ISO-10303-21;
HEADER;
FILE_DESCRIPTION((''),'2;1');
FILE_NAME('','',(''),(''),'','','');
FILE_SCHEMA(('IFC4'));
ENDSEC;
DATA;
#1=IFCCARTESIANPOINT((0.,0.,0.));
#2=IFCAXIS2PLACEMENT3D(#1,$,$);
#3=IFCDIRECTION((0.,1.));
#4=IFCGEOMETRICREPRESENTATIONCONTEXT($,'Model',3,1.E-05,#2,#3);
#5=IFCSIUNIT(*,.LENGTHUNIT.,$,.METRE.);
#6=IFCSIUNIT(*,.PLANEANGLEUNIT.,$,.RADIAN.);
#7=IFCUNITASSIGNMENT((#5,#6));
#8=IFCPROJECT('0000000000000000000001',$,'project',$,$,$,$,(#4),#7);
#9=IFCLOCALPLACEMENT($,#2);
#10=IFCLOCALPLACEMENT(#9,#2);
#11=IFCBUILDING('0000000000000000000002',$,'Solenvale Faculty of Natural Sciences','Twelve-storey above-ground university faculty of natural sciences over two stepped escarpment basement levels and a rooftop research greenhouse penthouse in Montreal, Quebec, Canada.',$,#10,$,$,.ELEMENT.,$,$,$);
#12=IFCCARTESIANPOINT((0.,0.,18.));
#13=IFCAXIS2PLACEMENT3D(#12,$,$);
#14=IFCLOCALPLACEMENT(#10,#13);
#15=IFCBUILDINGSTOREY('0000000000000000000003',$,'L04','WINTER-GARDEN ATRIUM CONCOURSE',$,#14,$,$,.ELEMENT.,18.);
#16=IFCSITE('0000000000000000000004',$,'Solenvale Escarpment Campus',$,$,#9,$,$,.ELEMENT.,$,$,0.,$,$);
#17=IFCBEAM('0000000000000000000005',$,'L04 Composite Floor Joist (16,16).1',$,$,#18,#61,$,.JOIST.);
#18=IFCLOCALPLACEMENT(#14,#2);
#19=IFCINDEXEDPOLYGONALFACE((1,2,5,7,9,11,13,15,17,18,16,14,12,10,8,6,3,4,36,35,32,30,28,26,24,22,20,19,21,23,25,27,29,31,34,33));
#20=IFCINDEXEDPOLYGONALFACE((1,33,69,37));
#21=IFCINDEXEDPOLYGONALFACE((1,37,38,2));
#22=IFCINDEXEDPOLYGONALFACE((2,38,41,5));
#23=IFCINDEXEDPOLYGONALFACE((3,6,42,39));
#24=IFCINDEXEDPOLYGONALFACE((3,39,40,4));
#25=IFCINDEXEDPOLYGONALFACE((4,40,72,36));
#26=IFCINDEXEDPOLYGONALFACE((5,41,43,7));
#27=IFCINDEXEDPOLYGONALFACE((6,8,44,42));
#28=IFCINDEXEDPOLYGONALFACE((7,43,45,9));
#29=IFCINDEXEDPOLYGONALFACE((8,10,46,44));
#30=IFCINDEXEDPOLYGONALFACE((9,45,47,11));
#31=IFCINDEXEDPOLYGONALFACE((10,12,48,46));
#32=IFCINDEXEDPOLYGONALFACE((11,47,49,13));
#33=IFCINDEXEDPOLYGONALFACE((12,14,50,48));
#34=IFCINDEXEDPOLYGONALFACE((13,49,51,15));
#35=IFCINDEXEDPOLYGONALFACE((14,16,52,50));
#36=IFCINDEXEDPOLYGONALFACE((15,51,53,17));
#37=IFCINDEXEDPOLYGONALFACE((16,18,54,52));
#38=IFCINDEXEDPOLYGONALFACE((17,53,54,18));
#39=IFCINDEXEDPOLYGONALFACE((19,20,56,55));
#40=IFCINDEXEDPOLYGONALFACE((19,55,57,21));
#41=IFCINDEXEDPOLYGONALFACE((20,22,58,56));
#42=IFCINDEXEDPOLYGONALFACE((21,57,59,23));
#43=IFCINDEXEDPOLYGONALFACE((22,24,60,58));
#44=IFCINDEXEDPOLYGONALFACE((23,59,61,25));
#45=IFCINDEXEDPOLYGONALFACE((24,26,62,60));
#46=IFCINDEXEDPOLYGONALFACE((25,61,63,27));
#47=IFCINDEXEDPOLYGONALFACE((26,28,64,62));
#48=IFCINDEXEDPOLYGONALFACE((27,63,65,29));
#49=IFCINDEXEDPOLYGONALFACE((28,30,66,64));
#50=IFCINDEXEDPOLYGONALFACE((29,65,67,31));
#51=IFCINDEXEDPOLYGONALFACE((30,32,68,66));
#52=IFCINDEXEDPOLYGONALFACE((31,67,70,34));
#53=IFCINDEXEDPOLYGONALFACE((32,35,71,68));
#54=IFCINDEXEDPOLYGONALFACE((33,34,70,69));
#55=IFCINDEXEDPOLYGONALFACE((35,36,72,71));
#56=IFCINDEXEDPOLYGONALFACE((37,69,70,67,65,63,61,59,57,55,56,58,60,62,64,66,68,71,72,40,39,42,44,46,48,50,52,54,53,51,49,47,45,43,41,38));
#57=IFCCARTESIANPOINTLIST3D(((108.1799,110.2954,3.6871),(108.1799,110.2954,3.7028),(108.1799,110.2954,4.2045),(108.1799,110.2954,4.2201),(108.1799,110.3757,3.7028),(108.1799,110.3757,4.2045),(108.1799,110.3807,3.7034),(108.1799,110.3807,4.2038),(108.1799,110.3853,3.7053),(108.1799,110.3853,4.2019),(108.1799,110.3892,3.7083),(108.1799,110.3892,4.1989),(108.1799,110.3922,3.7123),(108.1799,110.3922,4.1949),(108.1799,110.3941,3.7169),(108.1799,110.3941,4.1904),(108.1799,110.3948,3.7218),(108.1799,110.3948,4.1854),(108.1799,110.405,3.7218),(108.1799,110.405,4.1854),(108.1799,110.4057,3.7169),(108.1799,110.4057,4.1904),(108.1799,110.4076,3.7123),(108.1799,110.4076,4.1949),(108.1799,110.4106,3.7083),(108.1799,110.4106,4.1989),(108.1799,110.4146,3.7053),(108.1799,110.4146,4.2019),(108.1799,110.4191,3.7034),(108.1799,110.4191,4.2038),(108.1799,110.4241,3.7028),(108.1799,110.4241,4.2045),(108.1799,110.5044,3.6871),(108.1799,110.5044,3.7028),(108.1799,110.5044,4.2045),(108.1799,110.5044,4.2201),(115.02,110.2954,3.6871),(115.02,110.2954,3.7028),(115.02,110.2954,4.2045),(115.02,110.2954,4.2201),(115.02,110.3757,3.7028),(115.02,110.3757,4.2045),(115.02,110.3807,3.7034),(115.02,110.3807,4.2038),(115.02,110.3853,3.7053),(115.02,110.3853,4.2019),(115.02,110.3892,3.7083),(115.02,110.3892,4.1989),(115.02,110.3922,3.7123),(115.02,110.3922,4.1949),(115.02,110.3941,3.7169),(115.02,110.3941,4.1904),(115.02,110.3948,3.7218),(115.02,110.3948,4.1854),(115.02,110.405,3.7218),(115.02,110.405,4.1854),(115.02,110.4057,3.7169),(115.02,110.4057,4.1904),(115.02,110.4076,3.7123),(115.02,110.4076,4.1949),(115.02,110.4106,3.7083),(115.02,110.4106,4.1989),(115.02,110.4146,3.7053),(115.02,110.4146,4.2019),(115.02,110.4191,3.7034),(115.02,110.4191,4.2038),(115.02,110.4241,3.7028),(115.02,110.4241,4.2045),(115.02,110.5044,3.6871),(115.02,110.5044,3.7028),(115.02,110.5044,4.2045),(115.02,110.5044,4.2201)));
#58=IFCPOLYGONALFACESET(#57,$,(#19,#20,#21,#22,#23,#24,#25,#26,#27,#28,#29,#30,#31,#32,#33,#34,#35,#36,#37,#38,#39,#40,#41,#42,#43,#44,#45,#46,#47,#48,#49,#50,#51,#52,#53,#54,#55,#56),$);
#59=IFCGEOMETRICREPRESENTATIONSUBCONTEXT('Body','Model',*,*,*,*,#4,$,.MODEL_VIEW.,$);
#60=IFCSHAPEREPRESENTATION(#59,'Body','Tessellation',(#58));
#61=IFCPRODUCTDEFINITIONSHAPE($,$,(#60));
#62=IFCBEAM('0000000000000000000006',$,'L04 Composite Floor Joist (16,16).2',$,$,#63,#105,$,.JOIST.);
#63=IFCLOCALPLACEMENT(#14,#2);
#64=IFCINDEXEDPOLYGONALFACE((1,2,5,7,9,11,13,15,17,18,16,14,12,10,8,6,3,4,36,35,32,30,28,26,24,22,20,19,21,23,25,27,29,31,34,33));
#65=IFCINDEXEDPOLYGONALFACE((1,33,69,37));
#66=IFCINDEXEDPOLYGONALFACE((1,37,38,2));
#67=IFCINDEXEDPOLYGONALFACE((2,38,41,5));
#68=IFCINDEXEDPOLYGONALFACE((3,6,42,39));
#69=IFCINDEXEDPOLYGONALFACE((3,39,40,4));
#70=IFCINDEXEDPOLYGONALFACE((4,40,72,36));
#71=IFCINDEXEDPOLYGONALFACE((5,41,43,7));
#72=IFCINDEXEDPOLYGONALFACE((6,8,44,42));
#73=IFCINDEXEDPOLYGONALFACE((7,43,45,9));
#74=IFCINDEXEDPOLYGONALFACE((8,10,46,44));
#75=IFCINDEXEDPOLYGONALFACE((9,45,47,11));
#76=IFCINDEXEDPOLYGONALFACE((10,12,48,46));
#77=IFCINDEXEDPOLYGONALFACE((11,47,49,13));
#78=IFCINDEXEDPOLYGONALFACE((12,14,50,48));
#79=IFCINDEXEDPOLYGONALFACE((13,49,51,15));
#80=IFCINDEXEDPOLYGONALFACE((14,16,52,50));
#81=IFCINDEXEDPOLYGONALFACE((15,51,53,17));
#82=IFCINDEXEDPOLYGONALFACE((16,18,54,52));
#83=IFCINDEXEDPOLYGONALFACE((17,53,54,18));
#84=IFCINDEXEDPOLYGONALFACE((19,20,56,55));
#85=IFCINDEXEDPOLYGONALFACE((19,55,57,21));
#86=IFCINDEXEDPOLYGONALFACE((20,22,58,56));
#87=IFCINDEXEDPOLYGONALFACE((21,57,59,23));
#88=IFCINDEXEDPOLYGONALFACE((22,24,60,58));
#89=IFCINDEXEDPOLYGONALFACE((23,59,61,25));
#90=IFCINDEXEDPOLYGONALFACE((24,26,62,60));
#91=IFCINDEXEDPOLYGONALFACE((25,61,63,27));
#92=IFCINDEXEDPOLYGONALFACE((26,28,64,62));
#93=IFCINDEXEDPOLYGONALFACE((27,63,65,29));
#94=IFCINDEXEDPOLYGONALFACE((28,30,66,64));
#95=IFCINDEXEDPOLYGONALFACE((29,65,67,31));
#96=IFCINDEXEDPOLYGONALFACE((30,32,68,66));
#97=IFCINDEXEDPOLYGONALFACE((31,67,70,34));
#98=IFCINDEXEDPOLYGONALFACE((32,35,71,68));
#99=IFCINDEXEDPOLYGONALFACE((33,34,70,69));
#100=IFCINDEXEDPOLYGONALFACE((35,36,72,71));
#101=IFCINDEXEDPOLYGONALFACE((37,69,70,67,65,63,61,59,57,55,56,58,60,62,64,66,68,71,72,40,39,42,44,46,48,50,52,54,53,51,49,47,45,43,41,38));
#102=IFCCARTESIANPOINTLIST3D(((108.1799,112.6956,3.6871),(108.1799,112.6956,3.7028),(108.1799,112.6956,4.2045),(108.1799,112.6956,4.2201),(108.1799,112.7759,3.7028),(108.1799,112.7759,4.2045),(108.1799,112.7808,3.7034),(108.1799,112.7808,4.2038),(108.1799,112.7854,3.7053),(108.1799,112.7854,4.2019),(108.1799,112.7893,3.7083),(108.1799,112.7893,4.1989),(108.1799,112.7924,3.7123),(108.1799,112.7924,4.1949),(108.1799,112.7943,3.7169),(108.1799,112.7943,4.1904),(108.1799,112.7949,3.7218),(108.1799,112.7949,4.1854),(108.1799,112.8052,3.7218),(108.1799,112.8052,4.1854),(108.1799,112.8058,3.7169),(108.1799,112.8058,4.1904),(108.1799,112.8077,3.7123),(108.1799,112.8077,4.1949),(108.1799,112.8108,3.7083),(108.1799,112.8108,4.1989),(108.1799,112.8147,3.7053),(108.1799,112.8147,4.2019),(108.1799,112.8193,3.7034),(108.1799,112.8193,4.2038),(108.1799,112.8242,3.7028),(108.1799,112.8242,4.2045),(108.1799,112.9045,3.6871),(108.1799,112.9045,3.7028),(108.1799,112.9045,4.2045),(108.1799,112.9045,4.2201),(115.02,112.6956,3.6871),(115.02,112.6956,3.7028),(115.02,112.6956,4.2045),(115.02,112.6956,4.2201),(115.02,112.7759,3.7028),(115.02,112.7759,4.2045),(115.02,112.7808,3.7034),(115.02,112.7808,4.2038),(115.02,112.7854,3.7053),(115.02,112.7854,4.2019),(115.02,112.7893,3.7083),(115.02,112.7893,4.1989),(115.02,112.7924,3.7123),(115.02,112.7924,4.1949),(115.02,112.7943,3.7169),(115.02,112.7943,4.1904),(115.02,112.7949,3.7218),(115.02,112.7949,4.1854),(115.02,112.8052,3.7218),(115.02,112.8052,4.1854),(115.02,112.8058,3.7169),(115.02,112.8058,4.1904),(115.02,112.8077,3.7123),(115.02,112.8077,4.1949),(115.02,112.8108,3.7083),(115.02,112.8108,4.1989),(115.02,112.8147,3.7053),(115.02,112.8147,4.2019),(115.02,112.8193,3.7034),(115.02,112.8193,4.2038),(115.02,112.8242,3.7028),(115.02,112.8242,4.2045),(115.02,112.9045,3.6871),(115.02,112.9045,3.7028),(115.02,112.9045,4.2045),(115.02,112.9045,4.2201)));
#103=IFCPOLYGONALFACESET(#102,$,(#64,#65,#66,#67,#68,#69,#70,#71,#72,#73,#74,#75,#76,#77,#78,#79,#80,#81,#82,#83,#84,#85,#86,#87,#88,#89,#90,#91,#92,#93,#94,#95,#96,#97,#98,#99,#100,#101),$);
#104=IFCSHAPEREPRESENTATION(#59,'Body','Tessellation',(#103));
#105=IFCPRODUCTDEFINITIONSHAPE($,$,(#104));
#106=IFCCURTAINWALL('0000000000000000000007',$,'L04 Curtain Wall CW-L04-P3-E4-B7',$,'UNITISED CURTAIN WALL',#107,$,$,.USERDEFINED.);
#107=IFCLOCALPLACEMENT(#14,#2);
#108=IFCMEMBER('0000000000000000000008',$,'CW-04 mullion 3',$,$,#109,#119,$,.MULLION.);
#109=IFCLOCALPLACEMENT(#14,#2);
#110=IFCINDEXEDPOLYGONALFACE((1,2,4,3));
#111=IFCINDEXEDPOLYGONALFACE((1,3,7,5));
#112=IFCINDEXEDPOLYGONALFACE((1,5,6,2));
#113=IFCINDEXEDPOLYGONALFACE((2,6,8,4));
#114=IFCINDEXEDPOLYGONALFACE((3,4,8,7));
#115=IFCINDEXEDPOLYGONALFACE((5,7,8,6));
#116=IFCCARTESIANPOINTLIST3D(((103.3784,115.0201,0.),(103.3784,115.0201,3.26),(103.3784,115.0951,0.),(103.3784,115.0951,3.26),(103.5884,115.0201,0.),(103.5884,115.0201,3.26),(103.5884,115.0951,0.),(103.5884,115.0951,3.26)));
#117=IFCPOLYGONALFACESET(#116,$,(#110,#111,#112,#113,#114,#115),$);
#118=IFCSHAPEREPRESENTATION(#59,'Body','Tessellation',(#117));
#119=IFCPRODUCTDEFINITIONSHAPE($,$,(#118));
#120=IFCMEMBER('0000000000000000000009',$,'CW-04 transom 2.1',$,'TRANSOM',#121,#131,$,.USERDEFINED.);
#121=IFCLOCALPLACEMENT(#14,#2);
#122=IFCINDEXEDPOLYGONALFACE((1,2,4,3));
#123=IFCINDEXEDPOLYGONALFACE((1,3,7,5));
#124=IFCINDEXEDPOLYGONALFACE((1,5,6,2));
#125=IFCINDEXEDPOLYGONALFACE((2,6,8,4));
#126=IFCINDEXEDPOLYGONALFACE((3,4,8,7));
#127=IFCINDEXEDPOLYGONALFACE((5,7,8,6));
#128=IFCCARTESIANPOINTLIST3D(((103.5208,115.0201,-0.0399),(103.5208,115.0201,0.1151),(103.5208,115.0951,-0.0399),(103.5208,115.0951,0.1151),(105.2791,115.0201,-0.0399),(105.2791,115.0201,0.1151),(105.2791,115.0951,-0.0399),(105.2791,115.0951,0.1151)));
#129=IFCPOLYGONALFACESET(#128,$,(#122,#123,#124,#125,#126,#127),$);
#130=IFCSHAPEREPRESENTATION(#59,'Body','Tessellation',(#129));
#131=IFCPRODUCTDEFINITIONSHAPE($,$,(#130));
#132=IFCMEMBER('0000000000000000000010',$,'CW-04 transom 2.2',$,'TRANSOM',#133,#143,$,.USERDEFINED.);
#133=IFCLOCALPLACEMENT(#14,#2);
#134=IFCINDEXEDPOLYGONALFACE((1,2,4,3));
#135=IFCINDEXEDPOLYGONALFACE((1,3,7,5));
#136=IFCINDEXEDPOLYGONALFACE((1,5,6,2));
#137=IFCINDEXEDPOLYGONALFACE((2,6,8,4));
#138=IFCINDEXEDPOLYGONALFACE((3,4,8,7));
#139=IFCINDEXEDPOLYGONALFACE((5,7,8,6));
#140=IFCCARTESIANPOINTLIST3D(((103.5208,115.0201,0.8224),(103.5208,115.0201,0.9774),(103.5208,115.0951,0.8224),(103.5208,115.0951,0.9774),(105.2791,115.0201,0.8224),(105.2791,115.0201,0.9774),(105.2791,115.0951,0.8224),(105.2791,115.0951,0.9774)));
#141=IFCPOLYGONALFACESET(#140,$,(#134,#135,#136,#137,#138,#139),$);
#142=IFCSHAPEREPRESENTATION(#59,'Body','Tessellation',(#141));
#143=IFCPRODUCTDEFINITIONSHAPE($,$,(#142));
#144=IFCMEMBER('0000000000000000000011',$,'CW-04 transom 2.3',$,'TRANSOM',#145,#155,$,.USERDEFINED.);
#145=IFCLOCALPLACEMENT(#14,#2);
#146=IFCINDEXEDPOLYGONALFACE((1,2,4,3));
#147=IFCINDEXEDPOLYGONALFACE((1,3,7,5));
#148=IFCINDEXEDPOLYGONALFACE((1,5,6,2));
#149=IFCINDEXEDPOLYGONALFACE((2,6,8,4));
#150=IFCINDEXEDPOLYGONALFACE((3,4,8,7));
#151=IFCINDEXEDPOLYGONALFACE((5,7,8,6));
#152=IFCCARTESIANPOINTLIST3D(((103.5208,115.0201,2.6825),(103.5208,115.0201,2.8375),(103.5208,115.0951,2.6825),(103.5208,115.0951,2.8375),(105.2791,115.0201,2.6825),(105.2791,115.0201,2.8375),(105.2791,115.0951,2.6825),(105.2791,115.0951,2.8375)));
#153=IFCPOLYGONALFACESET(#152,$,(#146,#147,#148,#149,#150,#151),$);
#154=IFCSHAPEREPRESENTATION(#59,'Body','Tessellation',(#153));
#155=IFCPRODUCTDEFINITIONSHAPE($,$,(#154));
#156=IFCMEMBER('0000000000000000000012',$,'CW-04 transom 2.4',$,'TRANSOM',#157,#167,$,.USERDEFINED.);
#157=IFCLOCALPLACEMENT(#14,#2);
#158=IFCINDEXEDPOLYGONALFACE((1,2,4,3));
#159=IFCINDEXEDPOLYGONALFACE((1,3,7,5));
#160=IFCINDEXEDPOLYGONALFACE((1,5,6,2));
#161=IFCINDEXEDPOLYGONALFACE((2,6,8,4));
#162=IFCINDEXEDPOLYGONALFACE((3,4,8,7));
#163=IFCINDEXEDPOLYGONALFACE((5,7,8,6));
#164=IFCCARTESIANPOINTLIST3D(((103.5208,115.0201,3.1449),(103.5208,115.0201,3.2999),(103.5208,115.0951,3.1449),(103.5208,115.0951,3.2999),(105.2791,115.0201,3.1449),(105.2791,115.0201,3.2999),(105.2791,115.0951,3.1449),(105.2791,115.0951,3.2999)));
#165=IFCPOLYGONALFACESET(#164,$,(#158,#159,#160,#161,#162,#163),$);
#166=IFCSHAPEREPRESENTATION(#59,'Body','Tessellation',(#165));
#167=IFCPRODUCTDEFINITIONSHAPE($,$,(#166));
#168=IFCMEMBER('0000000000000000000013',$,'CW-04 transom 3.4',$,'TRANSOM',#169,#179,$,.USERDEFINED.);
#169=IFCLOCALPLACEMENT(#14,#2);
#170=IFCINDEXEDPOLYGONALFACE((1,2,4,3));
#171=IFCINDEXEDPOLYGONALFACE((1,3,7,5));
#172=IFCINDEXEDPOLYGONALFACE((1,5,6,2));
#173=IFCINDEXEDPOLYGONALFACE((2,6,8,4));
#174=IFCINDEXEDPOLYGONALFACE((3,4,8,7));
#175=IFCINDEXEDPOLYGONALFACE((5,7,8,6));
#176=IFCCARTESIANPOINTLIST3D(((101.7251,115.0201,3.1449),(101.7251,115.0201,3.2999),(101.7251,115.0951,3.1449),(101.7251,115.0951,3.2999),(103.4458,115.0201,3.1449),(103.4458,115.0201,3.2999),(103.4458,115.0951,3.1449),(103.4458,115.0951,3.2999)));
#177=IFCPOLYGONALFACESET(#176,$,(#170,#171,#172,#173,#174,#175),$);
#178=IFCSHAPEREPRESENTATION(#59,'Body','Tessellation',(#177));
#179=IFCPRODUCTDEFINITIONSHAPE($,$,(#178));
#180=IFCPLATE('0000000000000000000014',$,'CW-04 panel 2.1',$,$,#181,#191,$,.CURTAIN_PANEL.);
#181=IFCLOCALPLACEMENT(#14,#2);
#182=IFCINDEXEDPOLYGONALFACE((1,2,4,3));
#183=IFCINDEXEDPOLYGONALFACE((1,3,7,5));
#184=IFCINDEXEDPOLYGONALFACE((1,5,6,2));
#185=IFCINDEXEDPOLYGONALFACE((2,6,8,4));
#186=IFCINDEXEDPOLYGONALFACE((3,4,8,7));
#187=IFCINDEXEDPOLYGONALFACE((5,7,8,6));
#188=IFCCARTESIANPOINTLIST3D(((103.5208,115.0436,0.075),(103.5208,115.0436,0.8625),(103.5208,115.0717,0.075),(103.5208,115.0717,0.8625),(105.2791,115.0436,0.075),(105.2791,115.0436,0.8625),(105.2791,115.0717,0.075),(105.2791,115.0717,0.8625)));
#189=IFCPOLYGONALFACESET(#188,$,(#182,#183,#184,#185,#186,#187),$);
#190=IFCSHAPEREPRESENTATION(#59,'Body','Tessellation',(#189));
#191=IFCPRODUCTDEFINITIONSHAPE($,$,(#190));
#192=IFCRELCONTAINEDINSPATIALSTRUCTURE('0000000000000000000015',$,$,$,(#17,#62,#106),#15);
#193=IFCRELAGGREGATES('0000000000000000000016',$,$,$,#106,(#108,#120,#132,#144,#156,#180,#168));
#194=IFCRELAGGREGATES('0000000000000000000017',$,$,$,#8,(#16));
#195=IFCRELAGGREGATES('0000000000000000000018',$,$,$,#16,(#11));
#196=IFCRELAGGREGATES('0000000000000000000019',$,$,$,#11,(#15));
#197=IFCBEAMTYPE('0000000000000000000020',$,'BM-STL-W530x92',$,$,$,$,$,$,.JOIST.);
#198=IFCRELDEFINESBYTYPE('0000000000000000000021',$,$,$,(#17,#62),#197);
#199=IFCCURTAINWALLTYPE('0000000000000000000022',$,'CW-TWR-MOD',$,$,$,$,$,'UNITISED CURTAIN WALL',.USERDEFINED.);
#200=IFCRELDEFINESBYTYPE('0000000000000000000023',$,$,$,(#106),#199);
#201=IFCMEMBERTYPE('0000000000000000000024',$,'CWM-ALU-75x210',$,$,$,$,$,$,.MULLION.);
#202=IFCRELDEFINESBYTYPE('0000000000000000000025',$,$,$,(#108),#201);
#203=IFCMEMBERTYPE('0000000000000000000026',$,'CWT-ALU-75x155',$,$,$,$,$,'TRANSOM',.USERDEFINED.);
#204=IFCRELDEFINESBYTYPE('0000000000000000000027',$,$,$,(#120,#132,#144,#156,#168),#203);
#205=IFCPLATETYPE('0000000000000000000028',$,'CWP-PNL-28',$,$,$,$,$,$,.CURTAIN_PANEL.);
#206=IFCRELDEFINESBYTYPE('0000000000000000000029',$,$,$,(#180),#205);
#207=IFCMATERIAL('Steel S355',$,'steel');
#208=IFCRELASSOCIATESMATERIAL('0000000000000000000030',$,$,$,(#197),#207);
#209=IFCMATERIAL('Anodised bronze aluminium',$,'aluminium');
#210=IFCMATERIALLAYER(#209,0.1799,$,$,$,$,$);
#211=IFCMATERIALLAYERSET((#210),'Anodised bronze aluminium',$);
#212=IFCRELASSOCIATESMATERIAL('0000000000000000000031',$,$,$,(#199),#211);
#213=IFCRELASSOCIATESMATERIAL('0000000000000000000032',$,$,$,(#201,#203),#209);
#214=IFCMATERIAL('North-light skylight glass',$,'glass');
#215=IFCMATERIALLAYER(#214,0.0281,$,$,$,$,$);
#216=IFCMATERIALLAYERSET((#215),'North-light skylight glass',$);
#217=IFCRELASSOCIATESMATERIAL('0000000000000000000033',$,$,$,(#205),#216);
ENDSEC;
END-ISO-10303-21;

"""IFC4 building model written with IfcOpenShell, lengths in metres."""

from ifc_helpers import new_model, si_unit, direction, frame, origin, origin_2d, place, context, subcontext, project, spatial, rectangle, i_section, extrude, material, layer, layer_set, material_profile, profile_set, type_object, element, aggregate, save


model = new_model("IFC4")

# Units and contexts
model_context = context("Model", 3, precision=1e-05, world=origin(), true_north=direction((0.0, 1.0)))
body_context = subcontext(model_context, "Body", "Model", "MODEL_VIEW")
ifc_project = project(units=[si_unit("LENGTHUNIT", "METRE"), si_unit("PLANEANGLEUNIT", "RADIAN")], contexts=[model_context])

# Site, building, storey
site_placement = place(None, origin())
site = spatial("IfcSite", under=ifc_project, at=site_placement, Name="Solenvale Escarpment Campus", CompositionType="ELEMENT", RefElevation=0.0)
building_placement = place(site_placement, origin())
building = spatial("IfcBuilding", under=site, at=building_placement, Name="Solenvale Faculty of Natural Sciences", Description="Twelve-storey above-ground university faculty of natural sciences over two stepped escarpment basement levels and a rooftop research greenhouse penthouse in Montreal, Quebec, Canada.", CompositionType="ELEMENT")
storey_placement = place(building_placement, frame((0.0, 0.0, 18.0)))
storey = spatial("IfcBuildingStorey", under=building, at=storey_placement, Name="L04", Description="WINTER-GARDEN ATRIUM CONCOURSE", CompositionType="ELEMENT", Elevation=18.0)

# Beams
ifc_material_1 = material(Name="Steel S355", Category="steel")
ifc_material_profile_1 = material_profile(ifc_material_1, i_section(OverallWidth=0.209, OverallDepth=0.533, WebThickness=0.0103, FlangeThickness=0.0156, FilletRadius=0.019, at=origin_2d()), Name="W530x92")
ifc_profile_set_1 = profile_set([ifc_material_profile_1], Name="Steel S355")
beam_type_1 = type_object("IfcBeamType", Name="BM-STL-W530x92", PredefinedType="JOIST", material=ifc_profile_set_1)
for number, where, z_axis, x_axis, name in (
    (1, (108.1799, 110.3999, 3.9536), (1.0, 0.0, 0.0), (0.0, 1.0, 0.0), "L04 Composite Floor Joist (16,16).1"),
    (2, (108.1799, 112.8, 3.9536), (1.0, 0.0, 0.0), (0.0, 1.0, 0.0), "L04 Composite Floor Joist (16,16).2"),
):
    element("IfcBeam", number, at=place(storey_placement, frame(where, z_axis=z_axis, x_axis=x_axis)), inside=storey, type_object=beam_type_1, Name=name, PredefinedType="JOIST", context=body_context, shape_type="SweptSolid", body=[
        extrude(i_section(OverallWidth=0.209, OverallDepth=0.533, WebThickness=0.0103, FlangeThickness=0.0156, FilletRadius=0.019, at=origin_2d()), origin(), (0.0, 0.0, 1.0), 6.8401),
    ])

# Curtain wall, members, plate
ifc_material_2 = material(Name="Anodised bronze aluminium", Category="aluminium")
ifc_layer_1 = layer(ifc_material_2, 0.1799)
ifc_layer_set_1 = layer_set([ifc_layer_1], Name="Anodised bronze aluminium")
curtain_wall_type = type_object("IfcCurtainWallType", Name="CW-TWR-MOD", ElementType="UNITISED CURTAIN WALL", PredefinedType="USERDEFINED", material=ifc_layer_set_1)
curtain_wall_placement = place(storey_placement, origin())
curtain_wall = element("IfcCurtainWall", 3, at=curtain_wall_placement, inside=storey, type_object=curtain_wall_type, Name="L04 Curtain Wall CW-L04-P3-E4-B7", ObjectType="UNITISED CURTAIN WALL", PredefinedType="USERDEFINED")
ifc_material_profile_2 = material_profile(ifc_material_2, rectangle(XDim=0.075, YDim=0.21, at=origin_2d()), Name="ALU-MUL-75x210")
ifc_profile_set_2 = profile_set([ifc_material_profile_2], Name="Anodised bronze aluminium")
member_type_1 = type_object("IfcMemberType", Name="CWM-ALU-75x210", PredefinedType="MULLION", material=ifc_profile_set_2)
member_1_placement = place(storey_placement, frame((103.4834, 115.0576, 0.0), z_axis=(0.0, 0.0, 1.0), x_axis=(0.0, -1.0, 0.0)))
member_1 = element("IfcMember", 4, at=member_1_placement, type_object=member_type_1, Name="CW-04 mullion 3", PredefinedType="MULLION", context=body_context, shape_type="SweptSolid", body=[
    extrude(rectangle(XDim=0.075, YDim=0.21, at=origin_2d()), origin(), (0.0, 0.0, 1.0), 3.26),
])
ifc_material_profile_3 = material_profile(ifc_material_2, rectangle(XDim=0.075, YDim=0.155, at=origin_2d()), Name="ALU-TRN-75x155")
ifc_profile_set_3 = profile_set([ifc_material_profile_3], Name="Anodised bronze aluminium")
member_type_2 = type_object("IfcMemberType", Name="CWT-ALU-75x155", ElementType="TRANSOM", PredefinedType="USERDEFINED", material=ifc_profile_set_3)
member_2_placement = place(storey_placement, frame((105.2791, 115.0576, 0.0376), z_axis=(-1.0, 0.0, 0.0), x_axis=(0.0, -1.0, 0.0)))
member_2 = element("IfcMember", 5, at=member_2_placement, type_object=member_type_2, Name="CW-04 transom 2.1", ObjectType="TRANSOM", PredefinedType="USERDEFINED", context=body_context, shape_type="SweptSolid", body=[
    extrude(rectangle(XDim=0.075, YDim=0.155, at=origin_2d()), origin(), (0.0, 0.0, 1.0), 1.7583),
])
member_3_placement = place(storey_placement, frame((105.2791, 115.0576, 0.8999), z_axis=(-1.0, 0.0, 0.0), x_axis=(0.0, -1.0, 0.0)))
member_3 = element("IfcMember", 6, at=member_3_placement, type_object=member_type_2, Name="CW-04 transom 2.2", ObjectType="TRANSOM", PredefinedType="USERDEFINED", context=body_context, shape_type="SweptSolid", body=[
    extrude(rectangle(XDim=0.075, YDim=0.155, at=origin_2d()), origin(), (0.0, 0.0, 1.0), 1.7583),
])
member_4_placement = place(storey_placement, frame((105.2791, 115.0576, 2.76), z_axis=(-1.0, 0.0, 0.0), x_axis=(0.0, -1.0, 0.0)))
member_4 = element("IfcMember", 7, at=member_4_placement, type_object=member_type_2, Name="CW-04 transom 2.3", ObjectType="TRANSOM", PredefinedType="USERDEFINED", context=body_context, shape_type="SweptSolid", body=[
    extrude(rectangle(XDim=0.075, YDim=0.155, at=origin_2d()), origin(), (0.0, 0.0, 1.0), 1.7583),
])
member_5_placement = place(storey_placement, frame((105.2791, 115.0576, 3.2224), z_axis=(-1.0, 0.0, 0.0), x_axis=(0.0, -1.0, 0.0)))
member_5 = element("IfcMember", 8, at=member_5_placement, type_object=member_type_2, Name="CW-04 transom 2.4", ObjectType="TRANSOM", PredefinedType="USERDEFINED", context=body_context, shape_type="SweptSolid", body=[
    extrude(rectangle(XDim=0.075, YDim=0.155, at=origin_2d()), origin(), (0.0, 0.0, 1.0), 1.7583),
])
member_6_placement = place(storey_placement, frame((103.4458, 115.0576, 3.2224), z_axis=(-1.0, 0.0, 0.0), x_axis=(0.0, -1.0, 0.0)))
member_6 = element("IfcMember", 9, at=member_6_placement, type_object=member_type_2, Name="CW-04 transom 3.4", ObjectType="TRANSOM", PredefinedType="USERDEFINED", context=body_context, shape_type="SweptSolid", body=[
    extrude(rectangle(XDim=0.075, YDim=0.155, at=origin_2d()), origin(), (0.0, 0.0, 1.0), 1.7207),
])
ifc_material_3 = material(Name="North-light skylight glass", Category="glass")
ifc_layer_2 = layer(ifc_material_3, 0.0281)
ifc_layer_set_2 = layer_set([ifc_layer_2], Name="North-light skylight glass")
plate_type = type_object("IfcPlateType", Name="CWP-PNL-28", PredefinedType="CURTAIN_PANEL", material=ifc_layer_set_2)
plate_1_placement = place(storey_placement, frame((104.3999, 115.0576, 0.075), z_axis=(0.0, 0.0, 1.0), x_axis=(-1.0, 0.0, 0.0)))
plate_1 = element("IfcPlate", 10, at=plate_1_placement, type_object=plate_type, Name="CW-04 panel 2.1", PredefinedType="CURTAIN_PANEL", context=body_context, shape_type="SweptSolid", body=[
    extrude(rectangle(XDim=1.7583, YDim=0.0281, at=origin_2d()), origin(), (0.0, 0.0, 1.0), 0.7876),
])
aggregate(curtain_wall, [member_1, member_2, member_3, member_4, member_5, plate_1, member_6])

save(model, "model.ifc")
